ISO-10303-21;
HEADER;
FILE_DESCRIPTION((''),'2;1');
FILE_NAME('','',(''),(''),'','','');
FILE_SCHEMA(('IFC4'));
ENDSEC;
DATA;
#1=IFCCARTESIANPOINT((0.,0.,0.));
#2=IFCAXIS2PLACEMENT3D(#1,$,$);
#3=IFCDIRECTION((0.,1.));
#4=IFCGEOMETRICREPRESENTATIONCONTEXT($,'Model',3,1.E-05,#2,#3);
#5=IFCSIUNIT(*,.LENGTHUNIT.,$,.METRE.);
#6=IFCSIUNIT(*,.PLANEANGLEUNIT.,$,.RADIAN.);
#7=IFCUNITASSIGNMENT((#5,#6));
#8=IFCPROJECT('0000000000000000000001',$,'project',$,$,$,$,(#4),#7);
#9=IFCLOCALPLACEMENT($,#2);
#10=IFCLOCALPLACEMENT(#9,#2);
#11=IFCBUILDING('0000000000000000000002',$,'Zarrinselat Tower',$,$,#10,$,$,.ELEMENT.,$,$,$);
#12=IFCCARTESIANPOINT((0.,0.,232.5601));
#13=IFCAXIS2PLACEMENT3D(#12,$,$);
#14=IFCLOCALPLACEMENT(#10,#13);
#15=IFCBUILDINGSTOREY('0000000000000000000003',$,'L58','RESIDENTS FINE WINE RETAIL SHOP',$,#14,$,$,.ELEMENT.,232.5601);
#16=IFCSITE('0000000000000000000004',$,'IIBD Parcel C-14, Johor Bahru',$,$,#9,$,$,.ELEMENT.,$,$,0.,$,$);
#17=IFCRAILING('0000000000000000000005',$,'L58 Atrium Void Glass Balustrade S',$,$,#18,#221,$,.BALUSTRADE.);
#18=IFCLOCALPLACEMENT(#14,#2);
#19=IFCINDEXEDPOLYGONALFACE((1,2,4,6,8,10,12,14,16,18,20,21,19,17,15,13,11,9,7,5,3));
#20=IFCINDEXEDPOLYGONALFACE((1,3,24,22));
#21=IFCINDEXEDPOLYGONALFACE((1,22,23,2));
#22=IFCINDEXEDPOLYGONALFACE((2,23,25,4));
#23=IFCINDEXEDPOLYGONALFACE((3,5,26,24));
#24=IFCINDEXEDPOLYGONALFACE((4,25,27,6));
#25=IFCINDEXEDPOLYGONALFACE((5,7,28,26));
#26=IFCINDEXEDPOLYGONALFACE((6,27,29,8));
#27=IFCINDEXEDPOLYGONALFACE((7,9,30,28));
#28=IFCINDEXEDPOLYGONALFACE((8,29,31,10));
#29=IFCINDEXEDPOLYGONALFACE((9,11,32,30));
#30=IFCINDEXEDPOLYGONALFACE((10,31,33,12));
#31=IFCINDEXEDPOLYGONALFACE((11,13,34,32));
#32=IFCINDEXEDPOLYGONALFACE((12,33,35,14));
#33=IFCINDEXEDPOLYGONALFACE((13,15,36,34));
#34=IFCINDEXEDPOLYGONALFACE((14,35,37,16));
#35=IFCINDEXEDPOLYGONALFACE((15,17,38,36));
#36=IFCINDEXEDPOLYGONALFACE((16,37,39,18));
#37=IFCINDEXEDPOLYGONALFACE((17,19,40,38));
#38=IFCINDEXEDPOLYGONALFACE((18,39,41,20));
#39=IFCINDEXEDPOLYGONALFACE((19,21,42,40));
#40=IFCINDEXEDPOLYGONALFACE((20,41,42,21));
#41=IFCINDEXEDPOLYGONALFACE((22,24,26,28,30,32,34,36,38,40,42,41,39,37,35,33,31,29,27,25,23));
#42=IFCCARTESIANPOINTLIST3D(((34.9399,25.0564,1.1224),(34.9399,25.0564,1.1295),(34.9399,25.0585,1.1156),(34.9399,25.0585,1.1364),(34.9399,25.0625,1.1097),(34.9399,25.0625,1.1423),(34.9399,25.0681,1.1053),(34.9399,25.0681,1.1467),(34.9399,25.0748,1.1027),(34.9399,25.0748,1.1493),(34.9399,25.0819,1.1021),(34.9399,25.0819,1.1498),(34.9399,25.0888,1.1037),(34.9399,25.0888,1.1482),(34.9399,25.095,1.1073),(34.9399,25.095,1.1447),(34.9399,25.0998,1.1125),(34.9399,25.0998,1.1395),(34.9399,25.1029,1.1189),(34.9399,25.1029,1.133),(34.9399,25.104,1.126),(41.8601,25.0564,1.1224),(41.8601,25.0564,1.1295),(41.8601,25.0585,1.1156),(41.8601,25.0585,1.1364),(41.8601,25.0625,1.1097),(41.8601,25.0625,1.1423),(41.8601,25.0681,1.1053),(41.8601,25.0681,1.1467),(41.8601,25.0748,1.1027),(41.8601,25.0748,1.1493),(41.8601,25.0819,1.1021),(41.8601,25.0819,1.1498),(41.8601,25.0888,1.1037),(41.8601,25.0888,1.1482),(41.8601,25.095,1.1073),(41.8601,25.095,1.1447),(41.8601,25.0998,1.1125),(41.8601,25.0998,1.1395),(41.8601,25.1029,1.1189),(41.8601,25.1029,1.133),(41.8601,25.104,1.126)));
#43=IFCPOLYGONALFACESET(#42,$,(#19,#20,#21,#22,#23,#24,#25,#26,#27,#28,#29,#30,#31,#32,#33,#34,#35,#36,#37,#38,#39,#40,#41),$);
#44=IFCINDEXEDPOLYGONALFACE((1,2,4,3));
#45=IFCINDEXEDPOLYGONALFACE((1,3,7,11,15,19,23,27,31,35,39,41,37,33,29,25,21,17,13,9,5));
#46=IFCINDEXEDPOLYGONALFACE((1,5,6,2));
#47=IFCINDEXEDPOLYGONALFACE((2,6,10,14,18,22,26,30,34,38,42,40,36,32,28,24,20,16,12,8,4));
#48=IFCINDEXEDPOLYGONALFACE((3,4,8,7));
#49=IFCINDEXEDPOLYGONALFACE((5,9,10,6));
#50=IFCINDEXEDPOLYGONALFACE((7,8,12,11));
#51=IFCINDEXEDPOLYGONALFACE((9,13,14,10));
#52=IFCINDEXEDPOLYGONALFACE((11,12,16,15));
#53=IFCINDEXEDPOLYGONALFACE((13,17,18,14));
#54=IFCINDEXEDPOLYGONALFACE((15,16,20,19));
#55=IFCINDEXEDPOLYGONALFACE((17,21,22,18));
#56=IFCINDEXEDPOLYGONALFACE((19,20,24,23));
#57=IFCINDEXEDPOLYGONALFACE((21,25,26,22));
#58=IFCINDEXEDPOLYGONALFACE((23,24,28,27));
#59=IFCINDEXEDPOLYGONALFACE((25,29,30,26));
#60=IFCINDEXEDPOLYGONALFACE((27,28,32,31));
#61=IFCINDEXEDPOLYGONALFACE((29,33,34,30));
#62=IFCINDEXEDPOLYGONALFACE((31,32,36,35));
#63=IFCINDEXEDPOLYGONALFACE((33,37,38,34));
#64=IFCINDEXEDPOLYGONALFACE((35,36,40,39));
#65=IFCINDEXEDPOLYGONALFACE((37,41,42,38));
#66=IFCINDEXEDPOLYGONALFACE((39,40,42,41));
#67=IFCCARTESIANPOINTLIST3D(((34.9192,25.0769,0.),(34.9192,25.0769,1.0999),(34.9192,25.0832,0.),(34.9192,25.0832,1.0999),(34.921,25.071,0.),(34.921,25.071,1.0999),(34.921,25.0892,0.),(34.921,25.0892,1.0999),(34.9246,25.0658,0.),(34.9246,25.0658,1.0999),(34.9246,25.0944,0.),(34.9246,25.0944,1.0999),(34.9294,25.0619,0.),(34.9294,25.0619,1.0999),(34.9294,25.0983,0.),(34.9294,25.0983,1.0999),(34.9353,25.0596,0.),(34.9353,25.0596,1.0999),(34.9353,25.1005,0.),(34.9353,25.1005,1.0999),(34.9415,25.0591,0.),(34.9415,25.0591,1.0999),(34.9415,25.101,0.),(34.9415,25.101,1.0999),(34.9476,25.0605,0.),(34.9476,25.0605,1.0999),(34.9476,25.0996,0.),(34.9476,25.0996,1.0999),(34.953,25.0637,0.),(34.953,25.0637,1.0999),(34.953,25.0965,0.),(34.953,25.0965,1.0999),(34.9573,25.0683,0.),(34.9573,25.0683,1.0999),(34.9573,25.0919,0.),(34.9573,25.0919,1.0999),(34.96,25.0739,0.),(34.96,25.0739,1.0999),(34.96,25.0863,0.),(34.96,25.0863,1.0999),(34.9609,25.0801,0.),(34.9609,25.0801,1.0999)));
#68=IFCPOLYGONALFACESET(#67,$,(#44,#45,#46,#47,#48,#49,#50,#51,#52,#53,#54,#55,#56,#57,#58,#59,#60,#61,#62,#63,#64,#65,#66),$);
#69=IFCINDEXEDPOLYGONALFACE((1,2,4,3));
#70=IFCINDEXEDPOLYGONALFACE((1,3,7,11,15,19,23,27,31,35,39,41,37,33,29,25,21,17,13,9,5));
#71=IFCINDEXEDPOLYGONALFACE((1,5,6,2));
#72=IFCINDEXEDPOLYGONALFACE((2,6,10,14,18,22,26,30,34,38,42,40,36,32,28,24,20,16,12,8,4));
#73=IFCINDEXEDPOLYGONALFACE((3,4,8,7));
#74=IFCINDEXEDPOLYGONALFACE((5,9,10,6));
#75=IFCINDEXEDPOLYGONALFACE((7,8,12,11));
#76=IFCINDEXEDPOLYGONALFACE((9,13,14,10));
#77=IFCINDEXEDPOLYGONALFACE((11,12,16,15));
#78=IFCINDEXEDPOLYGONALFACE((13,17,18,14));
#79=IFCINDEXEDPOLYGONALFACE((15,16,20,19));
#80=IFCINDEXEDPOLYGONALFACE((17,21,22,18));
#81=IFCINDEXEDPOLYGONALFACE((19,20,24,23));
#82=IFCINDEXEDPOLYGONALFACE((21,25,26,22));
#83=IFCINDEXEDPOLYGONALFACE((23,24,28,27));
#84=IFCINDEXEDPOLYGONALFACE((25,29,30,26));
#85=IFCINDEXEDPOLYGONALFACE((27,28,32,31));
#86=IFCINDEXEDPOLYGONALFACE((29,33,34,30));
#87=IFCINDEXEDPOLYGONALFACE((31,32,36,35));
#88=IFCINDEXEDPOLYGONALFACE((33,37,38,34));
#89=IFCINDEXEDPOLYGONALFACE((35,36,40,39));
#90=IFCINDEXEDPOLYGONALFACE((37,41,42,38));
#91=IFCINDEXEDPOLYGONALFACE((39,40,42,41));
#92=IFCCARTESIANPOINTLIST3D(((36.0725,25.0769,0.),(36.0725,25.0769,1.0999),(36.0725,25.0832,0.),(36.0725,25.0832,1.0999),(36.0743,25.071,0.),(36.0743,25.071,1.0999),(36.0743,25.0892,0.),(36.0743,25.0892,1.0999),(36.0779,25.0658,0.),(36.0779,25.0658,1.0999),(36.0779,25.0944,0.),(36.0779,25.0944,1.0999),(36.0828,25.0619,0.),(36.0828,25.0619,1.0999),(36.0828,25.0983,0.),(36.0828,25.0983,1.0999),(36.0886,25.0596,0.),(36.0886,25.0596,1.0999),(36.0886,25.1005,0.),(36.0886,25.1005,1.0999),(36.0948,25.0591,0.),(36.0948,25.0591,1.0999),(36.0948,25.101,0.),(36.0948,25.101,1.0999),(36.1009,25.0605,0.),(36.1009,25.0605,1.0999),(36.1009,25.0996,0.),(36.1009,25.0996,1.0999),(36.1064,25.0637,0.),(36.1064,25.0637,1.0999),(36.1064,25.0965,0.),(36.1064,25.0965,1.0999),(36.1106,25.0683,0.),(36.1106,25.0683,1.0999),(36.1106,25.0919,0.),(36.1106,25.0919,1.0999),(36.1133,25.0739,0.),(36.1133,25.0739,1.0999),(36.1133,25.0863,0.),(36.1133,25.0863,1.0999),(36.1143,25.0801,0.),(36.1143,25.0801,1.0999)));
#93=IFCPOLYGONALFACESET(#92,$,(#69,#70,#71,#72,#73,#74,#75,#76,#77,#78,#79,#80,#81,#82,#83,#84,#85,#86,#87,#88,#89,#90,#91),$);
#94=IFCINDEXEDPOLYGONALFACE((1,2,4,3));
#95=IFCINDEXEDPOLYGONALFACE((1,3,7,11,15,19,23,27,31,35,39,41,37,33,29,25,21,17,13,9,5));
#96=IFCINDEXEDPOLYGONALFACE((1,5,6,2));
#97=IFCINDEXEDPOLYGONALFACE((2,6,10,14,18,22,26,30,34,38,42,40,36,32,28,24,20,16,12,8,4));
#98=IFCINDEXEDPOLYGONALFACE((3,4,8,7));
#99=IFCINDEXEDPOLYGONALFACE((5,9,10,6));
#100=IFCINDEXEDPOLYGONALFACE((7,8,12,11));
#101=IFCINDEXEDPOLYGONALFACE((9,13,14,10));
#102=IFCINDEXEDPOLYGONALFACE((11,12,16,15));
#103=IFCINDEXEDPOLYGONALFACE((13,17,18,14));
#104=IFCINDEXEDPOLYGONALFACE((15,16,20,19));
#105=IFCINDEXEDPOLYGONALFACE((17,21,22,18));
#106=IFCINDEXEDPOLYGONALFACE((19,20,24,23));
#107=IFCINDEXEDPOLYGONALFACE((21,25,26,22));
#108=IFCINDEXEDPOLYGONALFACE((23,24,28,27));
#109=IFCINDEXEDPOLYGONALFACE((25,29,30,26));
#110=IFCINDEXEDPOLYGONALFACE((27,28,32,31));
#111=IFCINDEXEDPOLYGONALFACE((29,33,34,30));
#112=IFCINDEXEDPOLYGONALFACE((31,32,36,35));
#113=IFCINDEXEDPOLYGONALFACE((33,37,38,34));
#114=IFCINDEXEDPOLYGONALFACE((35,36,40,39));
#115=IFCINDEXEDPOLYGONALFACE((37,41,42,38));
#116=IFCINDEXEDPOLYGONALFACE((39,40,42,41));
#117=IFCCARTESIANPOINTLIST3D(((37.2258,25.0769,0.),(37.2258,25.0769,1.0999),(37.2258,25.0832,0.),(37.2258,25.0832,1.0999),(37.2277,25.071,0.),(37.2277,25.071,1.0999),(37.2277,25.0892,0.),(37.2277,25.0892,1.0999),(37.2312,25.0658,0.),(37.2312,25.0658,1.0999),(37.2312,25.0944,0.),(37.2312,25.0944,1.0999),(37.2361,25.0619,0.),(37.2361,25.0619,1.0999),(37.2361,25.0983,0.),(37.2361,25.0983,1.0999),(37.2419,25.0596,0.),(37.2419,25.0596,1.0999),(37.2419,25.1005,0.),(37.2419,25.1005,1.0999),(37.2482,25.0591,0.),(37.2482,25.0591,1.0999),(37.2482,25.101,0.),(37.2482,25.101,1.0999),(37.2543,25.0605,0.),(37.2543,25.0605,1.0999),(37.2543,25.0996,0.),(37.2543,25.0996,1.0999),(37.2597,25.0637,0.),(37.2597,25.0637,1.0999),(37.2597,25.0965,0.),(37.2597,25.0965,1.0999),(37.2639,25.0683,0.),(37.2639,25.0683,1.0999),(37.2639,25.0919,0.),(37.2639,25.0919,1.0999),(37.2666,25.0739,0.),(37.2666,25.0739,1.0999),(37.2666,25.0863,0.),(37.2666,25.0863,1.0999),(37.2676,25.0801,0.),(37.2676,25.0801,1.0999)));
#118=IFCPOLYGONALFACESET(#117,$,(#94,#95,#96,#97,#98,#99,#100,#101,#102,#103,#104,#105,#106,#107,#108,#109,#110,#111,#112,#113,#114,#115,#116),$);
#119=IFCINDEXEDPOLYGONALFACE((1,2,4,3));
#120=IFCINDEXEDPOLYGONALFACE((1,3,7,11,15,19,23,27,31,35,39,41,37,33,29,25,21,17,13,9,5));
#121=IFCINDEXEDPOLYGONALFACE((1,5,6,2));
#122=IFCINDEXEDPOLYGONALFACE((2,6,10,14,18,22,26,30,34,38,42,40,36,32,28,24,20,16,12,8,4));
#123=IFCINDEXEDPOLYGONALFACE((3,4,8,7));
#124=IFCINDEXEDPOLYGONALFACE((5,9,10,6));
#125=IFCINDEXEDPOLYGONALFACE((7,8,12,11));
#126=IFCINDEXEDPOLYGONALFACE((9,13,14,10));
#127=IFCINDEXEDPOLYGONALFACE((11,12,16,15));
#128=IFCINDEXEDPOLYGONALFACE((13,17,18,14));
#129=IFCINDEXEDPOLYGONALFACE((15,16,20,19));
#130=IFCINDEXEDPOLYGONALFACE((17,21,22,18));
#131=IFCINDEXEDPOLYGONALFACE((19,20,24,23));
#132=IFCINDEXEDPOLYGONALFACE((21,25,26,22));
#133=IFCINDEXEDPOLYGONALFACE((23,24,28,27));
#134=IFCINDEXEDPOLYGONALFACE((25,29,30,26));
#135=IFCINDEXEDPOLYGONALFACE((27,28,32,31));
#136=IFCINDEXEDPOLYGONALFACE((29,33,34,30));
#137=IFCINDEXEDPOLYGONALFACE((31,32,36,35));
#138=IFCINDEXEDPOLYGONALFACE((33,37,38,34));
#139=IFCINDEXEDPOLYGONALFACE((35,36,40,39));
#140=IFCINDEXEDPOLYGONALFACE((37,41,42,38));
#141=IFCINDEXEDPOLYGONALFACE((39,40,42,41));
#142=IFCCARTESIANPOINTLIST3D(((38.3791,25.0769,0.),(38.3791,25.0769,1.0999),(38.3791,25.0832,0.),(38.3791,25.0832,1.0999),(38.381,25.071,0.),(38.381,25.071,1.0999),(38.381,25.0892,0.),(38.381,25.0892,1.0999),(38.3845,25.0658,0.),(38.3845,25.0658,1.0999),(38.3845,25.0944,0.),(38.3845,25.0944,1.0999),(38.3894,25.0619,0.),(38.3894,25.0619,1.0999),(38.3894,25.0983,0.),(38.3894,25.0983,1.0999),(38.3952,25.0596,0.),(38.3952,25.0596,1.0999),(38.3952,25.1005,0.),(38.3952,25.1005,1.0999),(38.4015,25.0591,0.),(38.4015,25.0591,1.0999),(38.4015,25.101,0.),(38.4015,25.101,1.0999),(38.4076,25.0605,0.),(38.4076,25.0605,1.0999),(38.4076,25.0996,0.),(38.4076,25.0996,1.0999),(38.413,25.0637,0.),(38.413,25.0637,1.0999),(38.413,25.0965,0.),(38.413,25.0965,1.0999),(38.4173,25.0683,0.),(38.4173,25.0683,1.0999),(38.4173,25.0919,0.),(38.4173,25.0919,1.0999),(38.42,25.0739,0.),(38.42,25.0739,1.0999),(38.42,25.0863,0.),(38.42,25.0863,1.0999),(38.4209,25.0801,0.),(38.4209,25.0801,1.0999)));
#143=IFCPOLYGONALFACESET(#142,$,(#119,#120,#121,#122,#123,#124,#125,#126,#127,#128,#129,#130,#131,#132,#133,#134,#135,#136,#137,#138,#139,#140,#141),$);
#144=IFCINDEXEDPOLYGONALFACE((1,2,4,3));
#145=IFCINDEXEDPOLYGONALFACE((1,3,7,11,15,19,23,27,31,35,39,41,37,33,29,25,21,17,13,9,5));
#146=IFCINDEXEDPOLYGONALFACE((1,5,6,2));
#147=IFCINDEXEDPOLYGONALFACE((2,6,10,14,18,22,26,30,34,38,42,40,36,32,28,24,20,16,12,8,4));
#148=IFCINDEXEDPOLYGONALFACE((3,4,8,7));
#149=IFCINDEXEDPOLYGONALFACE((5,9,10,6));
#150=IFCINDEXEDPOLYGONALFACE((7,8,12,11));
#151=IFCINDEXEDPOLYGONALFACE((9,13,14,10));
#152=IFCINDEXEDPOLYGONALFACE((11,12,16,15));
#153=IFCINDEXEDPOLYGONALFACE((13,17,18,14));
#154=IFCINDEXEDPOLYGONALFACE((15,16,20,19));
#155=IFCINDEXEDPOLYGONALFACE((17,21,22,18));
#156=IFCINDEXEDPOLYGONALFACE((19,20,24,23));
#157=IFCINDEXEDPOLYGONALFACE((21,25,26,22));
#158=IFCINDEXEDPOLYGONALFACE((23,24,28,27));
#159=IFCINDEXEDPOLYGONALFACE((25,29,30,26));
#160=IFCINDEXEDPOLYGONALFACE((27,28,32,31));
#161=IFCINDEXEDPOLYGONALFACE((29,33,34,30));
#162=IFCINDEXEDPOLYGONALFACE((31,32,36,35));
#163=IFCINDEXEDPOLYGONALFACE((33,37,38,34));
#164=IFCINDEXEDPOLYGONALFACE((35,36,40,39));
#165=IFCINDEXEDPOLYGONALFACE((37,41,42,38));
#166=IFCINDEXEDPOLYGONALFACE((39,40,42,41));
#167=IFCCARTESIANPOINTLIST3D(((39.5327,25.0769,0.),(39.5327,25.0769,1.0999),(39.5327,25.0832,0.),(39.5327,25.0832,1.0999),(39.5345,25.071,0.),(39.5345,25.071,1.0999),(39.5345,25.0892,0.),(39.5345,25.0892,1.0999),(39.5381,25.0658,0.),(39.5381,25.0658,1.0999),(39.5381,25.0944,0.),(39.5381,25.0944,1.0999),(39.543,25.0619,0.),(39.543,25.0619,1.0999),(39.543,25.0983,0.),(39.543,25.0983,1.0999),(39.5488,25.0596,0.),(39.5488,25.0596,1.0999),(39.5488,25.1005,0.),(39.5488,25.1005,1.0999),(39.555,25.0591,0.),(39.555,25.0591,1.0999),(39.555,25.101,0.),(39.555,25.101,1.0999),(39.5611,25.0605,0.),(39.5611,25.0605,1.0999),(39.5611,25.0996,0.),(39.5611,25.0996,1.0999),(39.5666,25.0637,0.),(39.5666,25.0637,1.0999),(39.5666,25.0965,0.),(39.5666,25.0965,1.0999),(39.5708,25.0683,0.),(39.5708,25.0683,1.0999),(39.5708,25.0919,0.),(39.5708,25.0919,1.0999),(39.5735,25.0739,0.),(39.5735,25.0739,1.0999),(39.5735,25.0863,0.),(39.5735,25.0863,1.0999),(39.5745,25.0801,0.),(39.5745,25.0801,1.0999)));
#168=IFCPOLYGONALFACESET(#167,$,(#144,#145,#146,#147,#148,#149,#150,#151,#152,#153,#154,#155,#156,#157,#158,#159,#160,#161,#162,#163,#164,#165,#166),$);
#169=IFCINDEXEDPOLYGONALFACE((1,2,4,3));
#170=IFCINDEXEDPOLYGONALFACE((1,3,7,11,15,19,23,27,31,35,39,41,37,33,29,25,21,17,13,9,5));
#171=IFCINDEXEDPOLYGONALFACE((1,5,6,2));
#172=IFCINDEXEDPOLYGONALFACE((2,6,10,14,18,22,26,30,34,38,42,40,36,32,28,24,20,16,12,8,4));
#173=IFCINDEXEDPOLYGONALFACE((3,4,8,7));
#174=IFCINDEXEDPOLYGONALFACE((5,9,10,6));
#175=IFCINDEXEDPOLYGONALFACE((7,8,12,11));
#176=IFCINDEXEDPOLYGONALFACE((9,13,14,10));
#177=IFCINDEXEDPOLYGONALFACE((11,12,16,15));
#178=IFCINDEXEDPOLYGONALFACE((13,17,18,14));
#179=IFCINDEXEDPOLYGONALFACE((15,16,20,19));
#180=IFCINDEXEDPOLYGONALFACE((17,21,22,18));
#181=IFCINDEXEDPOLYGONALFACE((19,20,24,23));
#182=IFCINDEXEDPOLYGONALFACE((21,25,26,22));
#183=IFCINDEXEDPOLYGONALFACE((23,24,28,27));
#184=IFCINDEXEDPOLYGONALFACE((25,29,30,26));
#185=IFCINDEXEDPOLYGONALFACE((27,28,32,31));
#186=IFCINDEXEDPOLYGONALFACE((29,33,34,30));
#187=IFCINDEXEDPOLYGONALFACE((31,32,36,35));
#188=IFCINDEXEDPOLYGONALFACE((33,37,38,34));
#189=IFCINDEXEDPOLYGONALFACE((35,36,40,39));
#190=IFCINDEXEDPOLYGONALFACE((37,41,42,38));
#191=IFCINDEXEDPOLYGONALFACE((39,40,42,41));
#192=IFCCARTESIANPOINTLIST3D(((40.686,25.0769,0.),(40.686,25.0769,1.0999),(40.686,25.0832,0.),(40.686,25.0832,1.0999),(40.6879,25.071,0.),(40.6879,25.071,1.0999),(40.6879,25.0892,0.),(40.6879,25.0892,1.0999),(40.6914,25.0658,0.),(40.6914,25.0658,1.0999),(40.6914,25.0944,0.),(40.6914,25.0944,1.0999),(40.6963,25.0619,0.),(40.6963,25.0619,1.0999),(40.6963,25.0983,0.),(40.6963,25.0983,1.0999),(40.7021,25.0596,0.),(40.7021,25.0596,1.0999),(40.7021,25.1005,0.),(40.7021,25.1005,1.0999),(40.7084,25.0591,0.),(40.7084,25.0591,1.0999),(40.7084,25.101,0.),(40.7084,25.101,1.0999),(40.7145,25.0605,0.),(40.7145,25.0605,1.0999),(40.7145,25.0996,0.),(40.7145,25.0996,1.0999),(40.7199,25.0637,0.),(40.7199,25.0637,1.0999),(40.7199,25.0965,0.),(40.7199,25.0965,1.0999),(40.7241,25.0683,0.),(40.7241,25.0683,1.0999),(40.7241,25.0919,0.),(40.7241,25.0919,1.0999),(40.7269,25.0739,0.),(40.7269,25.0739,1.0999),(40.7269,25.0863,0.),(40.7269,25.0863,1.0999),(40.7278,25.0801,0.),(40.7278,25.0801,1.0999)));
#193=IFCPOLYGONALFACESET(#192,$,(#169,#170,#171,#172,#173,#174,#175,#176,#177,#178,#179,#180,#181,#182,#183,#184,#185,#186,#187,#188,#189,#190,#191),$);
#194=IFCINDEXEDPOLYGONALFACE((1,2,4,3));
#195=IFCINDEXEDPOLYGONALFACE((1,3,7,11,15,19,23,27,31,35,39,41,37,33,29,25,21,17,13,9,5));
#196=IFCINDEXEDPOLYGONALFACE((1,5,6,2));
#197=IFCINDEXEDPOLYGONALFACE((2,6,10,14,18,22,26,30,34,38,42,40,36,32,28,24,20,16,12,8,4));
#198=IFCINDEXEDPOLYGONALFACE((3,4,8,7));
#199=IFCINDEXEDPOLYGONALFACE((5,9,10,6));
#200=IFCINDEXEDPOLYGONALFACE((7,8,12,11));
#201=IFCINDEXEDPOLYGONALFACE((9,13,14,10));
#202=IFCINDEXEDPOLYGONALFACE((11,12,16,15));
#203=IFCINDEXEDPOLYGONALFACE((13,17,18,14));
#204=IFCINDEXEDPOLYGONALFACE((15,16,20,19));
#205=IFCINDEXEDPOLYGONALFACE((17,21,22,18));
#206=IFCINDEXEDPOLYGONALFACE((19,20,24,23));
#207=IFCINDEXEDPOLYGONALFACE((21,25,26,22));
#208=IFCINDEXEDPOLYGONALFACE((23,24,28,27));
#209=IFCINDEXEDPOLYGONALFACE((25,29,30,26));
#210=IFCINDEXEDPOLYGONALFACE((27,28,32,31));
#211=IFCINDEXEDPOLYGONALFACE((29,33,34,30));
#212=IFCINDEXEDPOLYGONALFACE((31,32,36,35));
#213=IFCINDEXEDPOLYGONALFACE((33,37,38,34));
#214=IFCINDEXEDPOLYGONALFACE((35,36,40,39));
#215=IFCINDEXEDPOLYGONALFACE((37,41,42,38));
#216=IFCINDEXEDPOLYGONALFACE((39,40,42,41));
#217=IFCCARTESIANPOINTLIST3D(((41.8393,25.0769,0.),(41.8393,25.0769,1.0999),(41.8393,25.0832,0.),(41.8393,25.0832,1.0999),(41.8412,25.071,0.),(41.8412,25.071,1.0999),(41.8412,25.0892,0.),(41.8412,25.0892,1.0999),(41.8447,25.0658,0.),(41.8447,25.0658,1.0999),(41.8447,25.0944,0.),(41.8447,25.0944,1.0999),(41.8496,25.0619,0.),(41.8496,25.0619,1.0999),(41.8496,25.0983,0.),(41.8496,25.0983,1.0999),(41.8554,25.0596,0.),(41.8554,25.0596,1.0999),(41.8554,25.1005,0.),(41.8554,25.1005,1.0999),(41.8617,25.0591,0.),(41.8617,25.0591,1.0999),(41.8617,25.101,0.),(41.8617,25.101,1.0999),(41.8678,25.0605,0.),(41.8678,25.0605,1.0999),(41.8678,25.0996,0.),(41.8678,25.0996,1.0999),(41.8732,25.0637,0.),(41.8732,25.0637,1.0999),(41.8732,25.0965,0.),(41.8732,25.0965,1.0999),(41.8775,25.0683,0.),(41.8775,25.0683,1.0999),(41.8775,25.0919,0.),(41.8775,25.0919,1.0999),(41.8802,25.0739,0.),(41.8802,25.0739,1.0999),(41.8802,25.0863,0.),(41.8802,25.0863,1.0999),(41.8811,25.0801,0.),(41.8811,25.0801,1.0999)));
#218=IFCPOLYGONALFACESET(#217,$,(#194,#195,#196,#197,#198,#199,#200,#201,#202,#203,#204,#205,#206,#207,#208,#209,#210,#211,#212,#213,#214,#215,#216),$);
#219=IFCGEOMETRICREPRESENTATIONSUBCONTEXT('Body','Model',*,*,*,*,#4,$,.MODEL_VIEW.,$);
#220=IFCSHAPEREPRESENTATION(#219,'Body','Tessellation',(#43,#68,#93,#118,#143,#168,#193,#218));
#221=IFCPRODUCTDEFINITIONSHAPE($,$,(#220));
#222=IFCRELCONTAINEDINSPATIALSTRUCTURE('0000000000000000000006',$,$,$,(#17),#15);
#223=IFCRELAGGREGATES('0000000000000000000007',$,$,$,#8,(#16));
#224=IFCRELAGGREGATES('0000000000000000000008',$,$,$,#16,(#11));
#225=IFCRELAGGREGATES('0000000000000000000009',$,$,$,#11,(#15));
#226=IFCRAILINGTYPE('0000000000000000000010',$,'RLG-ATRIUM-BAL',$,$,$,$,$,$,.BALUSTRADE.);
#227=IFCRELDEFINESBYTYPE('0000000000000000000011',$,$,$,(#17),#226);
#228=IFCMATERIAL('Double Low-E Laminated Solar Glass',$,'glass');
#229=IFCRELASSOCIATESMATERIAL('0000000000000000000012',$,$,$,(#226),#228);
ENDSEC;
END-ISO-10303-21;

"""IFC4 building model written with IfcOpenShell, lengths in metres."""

from ifc_helpers import new_model, si_unit, direction, frame, origin, origin_2d, place, context, subcontext, project, spatial, circle, extrude, material, type_object, element, save


model = new_model("IFC4")

# Units and contexts
model_context = context("Model", 3, precision=1e-05, world=origin(), true_north=direction((0.0, 1.0)))
body_context = subcontext(model_context, "Body", "Model", "MODEL_VIEW")
ifc_project = project(units=[si_unit("LENGTHUNIT", "METRE"), si_unit("PLANEANGLEUNIT", "RADIAN")], contexts=[model_context])

# Site, building, storey
site_placement = place(None, origin())
site = spatial("IfcSite", under=ifc_project, at=site_placement, Name="IIBD Parcel C-14, Johor Bahru", CompositionType="ELEMENT", RefElevation=0.0)
building_placement = place(site_placement, origin())
building = spatial("IfcBuilding", under=site, at=building_placement, Name="Zarrinselat Tower", CompositionType="ELEMENT")
storey_placement = place(building_placement, frame((0.0, 0.0, 232.5601)))
storey = spatial("IfcBuildingStorey", under=building, at=storey_placement, Name="L58", Description="RESIDENTS FINE WINE RETAIL SHOP", CompositionType="ELEMENT", Elevation=232.5601)

# Railing
ifc_material_1 = material(Name="Double Low-E Laminated Solar Glass", Category="glass")
railing_type = type_object("IfcRailingType", Name="RLG-ATRIUM-BAL", PredefinedType="BALUSTRADE", material=ifc_material_1)
railing_placement = place(storey_placement, frame((34.9399, 25.0801, 0.0)))
element("IfcRailing", 1, at=railing_placement, inside=storey, type_object=railing_type, Name="L58 Atrium Void Glass Balustrade S", PredefinedType="BALUSTRADE", context=body_context, shape_type="SweptSolid", body=[
    extrude(circle(Radius=0.0239, at=origin_2d()), frame((0.0, 0.0, 1.126), z_axis=(1.0, 0.0, 0.0), x_axis=(0.0, 1.0, 0.0)), (0.0, 0.0, 1.0), 6.9202),
    extrude(circle(Radius=0.021, at=origin_2d()), origin(), (0.0, 0.0, 1.0), 1.0999),
    extrude(circle(Radius=0.021, at=origin_2d()), frame((1.1533, 0.0, 0.0)), (0.0, 0.0, 1.0), 1.0999),
    extrude(circle(Radius=0.021, at=origin_2d()), frame((2.3066, 0.0, 0.0)), (0.0, 0.0, 1.0), 1.0999),
    extrude(circle(Radius=0.021, at=origin_2d()), frame((3.46, 0.0, 0.0)), (0.0, 0.0, 1.0), 1.0999),
    extrude(circle(Radius=0.021, at=origin_2d()), frame((4.6135, 0.0, 0.0)), (0.0, 0.0, 1.0), 1.0999),
    extrude(circle(Radius=0.021, at=origin_2d()), frame((5.7668, 0.0, 0.0)), (0.0, 0.0, 1.0), 1.0999),
    extrude(circle(Radius=0.021, at=origin_2d()), frame((6.9202, 0.0, 0.0)), (0.0, 0.0, 1.0), 1.0999),
])

save(model, "model.ifc")
